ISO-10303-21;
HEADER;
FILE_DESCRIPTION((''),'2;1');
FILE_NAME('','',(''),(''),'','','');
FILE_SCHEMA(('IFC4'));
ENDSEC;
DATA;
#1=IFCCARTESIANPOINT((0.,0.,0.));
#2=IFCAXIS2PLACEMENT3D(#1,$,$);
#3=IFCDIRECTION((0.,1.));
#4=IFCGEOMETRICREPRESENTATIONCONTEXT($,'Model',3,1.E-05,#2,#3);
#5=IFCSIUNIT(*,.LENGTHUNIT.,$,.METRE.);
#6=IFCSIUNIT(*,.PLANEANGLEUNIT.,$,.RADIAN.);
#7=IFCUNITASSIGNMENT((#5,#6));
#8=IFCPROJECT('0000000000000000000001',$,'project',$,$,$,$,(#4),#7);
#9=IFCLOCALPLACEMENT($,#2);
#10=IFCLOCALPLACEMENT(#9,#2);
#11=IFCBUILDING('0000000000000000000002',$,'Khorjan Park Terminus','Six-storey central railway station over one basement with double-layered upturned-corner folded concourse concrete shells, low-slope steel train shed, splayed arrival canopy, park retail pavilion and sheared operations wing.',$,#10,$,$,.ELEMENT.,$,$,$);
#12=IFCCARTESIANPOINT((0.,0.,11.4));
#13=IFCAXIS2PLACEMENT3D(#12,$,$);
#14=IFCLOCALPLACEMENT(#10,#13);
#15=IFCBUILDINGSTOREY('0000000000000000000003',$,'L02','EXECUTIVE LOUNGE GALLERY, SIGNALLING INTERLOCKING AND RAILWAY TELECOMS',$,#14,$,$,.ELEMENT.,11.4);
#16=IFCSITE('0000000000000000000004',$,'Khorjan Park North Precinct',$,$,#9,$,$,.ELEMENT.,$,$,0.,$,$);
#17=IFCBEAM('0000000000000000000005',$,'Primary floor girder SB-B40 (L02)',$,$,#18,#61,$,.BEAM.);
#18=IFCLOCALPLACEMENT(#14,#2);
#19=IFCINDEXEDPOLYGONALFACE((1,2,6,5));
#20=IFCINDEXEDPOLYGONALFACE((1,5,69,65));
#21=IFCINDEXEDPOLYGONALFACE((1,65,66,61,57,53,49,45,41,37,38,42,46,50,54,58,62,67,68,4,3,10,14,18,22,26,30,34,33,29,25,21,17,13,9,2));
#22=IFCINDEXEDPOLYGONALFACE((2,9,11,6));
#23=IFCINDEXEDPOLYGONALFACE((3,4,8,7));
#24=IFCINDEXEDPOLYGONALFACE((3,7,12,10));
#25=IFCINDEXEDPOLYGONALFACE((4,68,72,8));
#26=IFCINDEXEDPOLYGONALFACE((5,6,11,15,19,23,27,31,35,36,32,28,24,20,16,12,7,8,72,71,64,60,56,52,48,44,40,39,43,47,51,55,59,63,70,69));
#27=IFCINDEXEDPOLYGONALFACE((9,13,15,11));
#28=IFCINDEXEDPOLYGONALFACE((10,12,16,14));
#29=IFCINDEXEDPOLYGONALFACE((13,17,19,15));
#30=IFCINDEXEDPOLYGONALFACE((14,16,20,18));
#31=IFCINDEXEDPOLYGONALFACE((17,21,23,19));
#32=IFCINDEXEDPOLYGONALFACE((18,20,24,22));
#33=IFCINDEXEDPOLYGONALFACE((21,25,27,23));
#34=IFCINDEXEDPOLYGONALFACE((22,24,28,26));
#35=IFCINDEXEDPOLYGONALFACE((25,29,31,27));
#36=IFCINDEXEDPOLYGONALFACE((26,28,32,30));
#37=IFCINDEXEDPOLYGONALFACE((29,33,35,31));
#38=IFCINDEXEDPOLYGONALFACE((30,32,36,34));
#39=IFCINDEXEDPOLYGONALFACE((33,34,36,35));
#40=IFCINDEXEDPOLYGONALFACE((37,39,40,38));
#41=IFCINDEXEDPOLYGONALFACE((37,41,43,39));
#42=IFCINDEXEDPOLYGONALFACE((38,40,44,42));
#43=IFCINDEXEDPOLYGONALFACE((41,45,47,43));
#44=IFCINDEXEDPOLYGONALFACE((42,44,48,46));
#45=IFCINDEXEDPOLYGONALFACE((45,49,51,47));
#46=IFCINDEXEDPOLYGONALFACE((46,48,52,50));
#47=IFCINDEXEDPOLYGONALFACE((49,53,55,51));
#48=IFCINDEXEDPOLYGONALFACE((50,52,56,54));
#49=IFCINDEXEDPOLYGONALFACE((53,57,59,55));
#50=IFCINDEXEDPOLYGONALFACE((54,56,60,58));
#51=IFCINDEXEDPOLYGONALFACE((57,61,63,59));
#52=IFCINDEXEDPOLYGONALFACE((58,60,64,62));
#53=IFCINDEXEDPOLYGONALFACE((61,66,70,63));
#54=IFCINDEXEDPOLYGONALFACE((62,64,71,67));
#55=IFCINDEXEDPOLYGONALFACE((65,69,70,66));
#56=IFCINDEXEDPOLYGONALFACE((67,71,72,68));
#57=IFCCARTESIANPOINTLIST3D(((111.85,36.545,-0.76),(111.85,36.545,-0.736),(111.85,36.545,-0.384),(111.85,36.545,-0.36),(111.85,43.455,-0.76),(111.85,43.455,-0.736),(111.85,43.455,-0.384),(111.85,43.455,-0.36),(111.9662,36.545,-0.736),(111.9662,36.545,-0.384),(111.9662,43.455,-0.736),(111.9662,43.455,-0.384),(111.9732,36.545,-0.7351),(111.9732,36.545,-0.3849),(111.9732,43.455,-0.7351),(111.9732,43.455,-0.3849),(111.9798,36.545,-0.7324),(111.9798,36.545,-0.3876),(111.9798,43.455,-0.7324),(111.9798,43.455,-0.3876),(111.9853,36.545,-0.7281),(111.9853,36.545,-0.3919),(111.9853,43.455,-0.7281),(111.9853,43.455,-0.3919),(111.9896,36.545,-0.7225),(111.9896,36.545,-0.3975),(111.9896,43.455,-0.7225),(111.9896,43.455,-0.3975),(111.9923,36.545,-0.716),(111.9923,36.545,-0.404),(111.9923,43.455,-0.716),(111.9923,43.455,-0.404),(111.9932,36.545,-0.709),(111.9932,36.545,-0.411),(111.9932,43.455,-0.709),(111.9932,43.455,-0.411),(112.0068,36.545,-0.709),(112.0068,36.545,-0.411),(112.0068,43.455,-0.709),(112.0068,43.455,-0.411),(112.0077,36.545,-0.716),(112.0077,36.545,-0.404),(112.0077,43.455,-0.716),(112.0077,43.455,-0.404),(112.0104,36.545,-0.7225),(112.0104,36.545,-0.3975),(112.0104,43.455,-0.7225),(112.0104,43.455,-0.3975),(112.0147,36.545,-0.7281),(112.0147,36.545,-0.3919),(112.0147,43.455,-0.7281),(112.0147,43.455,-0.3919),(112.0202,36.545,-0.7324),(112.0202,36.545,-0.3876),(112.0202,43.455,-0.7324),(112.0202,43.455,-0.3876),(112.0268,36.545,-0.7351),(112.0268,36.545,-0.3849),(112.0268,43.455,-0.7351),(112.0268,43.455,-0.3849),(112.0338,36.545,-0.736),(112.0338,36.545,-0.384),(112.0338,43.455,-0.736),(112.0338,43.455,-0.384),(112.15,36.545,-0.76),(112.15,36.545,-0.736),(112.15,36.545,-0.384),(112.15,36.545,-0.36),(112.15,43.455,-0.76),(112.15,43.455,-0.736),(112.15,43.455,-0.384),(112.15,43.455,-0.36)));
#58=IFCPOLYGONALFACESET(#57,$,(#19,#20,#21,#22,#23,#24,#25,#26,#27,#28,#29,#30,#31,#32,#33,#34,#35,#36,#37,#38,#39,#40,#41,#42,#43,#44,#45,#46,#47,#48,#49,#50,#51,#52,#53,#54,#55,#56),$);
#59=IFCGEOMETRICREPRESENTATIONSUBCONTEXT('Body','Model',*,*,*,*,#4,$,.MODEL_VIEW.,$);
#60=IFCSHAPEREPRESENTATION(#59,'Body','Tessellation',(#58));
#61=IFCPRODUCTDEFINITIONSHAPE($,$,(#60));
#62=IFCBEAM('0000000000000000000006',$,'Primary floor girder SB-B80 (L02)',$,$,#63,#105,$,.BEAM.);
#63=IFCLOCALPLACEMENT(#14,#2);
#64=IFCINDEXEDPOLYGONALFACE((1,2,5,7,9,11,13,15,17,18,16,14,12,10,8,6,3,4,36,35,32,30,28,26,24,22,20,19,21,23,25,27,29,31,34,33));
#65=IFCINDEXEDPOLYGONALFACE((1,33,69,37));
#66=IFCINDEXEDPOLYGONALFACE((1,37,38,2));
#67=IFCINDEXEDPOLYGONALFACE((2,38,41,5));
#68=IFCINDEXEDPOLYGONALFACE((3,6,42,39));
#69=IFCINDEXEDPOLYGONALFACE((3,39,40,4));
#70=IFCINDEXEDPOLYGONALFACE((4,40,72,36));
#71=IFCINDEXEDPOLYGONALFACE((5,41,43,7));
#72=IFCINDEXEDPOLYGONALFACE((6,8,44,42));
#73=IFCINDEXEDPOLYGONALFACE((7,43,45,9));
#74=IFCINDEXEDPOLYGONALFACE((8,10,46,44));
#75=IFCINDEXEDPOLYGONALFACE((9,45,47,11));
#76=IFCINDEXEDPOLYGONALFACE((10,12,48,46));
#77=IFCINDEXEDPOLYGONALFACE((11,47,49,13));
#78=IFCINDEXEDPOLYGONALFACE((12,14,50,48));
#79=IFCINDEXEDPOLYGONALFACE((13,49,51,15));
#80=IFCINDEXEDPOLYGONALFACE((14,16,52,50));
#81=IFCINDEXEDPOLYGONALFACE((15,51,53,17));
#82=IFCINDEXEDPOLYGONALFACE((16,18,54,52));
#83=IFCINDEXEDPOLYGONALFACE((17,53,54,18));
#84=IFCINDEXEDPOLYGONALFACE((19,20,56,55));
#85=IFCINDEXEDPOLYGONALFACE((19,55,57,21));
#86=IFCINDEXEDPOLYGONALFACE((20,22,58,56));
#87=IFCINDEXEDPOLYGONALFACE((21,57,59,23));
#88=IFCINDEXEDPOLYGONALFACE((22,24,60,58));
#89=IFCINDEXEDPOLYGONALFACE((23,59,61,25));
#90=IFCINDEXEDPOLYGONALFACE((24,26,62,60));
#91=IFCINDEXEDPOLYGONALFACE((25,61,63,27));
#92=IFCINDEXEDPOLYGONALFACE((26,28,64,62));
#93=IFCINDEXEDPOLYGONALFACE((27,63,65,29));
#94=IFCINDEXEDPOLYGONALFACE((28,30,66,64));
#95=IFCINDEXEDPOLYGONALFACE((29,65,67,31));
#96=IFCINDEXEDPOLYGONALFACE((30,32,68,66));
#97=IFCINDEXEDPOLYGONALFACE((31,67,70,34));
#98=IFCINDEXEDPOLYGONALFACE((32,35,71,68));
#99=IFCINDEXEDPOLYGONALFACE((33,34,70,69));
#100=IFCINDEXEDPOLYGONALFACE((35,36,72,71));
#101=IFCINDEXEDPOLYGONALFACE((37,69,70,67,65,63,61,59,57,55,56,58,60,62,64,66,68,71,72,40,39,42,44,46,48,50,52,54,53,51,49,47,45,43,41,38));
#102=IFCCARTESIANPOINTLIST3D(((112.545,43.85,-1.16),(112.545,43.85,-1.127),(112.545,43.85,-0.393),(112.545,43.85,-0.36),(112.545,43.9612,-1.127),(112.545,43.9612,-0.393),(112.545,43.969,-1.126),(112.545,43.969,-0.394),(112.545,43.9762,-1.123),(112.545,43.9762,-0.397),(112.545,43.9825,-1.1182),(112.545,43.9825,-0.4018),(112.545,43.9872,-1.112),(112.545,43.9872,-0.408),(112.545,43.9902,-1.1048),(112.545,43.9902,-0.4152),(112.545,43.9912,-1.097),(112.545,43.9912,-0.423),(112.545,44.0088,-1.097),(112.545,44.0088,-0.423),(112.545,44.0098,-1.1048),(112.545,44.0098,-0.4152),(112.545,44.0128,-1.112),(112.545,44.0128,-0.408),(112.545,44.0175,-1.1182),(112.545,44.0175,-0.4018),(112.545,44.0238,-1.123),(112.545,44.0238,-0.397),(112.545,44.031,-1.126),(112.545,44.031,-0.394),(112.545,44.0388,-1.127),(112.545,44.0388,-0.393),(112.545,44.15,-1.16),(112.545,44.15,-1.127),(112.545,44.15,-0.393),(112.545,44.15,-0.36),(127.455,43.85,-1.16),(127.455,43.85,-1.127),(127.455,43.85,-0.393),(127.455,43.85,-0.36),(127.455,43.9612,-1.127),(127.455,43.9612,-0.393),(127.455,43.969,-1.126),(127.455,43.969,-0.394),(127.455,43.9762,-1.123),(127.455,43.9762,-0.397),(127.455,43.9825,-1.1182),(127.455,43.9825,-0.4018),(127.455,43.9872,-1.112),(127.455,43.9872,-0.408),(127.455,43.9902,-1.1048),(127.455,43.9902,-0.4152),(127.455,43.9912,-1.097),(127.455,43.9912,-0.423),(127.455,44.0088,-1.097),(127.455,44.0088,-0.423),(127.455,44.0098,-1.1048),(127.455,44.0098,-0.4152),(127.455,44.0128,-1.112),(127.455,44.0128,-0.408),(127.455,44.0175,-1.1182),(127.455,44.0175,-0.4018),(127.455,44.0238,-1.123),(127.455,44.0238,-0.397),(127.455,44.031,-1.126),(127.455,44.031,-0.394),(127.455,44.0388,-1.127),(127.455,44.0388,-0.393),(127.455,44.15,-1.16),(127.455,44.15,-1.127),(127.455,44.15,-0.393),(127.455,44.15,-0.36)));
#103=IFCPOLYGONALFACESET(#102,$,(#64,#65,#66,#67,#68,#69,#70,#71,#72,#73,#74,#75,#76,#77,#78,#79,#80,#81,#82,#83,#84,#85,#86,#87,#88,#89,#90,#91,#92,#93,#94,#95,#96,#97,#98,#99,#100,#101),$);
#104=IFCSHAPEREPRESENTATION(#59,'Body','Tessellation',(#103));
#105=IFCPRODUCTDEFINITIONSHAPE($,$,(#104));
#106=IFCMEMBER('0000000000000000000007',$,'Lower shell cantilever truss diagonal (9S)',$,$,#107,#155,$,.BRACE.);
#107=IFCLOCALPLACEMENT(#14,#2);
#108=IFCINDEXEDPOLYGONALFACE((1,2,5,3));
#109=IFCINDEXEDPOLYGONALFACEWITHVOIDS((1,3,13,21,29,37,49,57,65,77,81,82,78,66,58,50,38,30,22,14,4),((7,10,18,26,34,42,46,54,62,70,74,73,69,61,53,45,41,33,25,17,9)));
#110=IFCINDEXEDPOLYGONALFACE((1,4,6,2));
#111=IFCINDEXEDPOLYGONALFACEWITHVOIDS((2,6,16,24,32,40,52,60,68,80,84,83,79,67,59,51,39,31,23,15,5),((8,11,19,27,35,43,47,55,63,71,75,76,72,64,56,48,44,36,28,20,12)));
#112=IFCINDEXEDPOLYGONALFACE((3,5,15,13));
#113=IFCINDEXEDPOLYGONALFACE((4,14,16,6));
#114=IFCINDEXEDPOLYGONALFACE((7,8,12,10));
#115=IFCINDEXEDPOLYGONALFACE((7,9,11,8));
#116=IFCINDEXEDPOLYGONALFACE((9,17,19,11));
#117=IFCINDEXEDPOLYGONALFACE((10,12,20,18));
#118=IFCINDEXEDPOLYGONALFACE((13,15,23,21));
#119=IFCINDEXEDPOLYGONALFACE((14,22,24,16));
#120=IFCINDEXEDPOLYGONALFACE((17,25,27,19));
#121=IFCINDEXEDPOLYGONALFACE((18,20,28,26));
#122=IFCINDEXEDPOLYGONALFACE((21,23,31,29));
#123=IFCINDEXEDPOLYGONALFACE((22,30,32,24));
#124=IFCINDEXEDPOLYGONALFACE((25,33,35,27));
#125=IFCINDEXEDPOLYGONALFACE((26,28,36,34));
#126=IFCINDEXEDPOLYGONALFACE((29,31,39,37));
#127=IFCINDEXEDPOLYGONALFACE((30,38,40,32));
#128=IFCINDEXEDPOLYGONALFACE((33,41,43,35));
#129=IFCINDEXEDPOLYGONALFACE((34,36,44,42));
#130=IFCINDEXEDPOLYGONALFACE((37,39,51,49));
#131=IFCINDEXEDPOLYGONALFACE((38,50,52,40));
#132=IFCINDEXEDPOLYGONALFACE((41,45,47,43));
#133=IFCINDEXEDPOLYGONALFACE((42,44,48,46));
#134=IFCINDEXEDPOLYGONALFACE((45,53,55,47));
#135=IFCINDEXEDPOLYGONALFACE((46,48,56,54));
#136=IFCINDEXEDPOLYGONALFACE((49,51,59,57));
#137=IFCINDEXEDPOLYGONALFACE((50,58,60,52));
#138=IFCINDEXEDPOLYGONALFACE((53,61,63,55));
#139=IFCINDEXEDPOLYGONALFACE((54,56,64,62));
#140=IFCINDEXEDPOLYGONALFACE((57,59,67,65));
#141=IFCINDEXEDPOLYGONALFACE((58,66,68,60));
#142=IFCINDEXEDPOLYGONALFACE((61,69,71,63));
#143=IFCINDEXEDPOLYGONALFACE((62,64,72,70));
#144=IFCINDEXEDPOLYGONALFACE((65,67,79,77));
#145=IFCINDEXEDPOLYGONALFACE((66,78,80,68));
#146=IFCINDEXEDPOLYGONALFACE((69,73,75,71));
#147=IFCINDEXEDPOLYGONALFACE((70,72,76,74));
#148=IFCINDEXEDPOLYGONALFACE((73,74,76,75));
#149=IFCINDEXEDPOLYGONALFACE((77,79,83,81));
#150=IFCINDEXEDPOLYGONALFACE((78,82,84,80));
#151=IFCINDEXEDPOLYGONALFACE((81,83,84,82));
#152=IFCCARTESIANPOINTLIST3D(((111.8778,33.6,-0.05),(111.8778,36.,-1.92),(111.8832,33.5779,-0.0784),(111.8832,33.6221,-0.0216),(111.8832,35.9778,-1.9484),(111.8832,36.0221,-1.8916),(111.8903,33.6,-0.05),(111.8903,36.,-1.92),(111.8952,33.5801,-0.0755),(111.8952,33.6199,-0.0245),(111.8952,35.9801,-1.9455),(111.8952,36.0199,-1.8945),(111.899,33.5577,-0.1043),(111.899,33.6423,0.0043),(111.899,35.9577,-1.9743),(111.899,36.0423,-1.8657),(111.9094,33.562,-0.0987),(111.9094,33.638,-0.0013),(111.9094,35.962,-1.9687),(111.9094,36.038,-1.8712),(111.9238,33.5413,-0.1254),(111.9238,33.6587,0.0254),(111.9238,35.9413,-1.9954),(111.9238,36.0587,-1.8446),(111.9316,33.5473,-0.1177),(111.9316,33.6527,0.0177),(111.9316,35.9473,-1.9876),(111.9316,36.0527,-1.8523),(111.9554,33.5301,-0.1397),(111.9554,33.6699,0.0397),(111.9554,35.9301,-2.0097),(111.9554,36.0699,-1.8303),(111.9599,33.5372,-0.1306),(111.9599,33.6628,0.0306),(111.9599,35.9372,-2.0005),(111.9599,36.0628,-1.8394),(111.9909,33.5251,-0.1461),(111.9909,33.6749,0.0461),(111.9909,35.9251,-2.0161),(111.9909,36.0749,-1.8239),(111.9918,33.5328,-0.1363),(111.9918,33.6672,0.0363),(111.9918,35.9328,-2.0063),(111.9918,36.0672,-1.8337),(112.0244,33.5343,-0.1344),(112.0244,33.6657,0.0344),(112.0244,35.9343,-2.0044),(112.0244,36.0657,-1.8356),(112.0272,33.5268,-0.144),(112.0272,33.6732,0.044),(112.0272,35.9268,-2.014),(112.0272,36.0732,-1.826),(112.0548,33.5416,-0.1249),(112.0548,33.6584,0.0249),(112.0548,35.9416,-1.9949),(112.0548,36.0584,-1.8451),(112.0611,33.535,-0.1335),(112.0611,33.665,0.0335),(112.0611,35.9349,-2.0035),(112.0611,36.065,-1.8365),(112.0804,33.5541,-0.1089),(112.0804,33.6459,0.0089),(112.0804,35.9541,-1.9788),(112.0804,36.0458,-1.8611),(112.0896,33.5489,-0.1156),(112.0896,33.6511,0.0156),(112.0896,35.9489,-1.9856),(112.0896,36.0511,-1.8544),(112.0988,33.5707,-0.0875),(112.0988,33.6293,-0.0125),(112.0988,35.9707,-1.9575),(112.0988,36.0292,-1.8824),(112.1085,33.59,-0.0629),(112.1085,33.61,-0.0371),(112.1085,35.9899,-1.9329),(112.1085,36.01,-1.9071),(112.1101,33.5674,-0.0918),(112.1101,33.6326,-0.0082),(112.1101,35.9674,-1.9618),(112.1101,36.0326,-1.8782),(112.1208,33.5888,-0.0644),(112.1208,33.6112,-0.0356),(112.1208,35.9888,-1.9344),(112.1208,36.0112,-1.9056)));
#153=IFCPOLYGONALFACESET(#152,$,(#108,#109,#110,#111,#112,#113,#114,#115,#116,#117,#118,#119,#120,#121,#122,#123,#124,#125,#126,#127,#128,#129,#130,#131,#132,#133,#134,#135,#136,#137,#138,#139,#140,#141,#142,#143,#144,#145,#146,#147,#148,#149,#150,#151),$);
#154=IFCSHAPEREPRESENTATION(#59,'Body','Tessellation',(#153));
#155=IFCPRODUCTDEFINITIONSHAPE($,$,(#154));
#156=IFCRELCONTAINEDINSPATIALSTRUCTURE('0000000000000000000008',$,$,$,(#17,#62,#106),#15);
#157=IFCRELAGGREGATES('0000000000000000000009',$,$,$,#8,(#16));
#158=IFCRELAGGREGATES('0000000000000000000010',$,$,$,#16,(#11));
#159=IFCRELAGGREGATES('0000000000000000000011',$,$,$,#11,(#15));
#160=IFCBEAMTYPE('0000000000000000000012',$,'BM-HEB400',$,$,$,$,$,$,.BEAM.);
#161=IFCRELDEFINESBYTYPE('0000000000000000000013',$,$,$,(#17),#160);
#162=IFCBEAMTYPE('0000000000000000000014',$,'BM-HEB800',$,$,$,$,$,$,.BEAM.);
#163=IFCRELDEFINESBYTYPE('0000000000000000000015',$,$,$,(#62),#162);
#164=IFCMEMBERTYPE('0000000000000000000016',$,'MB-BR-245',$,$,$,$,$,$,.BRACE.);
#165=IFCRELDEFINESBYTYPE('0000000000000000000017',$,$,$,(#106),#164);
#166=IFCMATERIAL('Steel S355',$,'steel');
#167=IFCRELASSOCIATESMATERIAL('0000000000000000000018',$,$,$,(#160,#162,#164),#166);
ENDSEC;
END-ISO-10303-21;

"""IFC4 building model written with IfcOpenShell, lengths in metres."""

from ifc_helpers import new_model, si_unit, direction, frame, origin, origin_2d, place, context, subcontext, project, spatial, hollow_circle, i_section, extrude, material, material_profile, profile_set, type_object, element, save


model = new_model("IFC4")

# Units and contexts
model_context = context("Model", 3, precision=1e-05, world=origin(), true_north=direction((0.0, 1.0)))
body_context = subcontext(model_context, "Body", "Model", "MODEL_VIEW")
ifc_project = project(units=[si_unit("LENGTHUNIT", "METRE"), si_unit("PLANEANGLEUNIT", "RADIAN")], contexts=[model_context])

# Site, building, storey
site_placement = place(None, origin())
site = spatial("IfcSite", under=ifc_project, at=site_placement, Name="Khorjan Park North Precinct", CompositionType="ELEMENT", RefElevation=0.0)
building_placement = place(site_placement, origin())
building = spatial("IfcBuilding", under=site, at=building_placement, Name="Khorjan Park Terminus", Description="Six-storey central railway station over one basement with double-layered upturned-corner folded concourse concrete shells, low-slope steel train shed, splayed arrival canopy, park retail pavilion and sheared operations wing.", CompositionType="ELEMENT")
storey_placement = place(building_placement, frame((0.0, 0.0, 11.4)))
storey = spatial("IfcBuildingStorey", under=building, at=storey_placement, Name="L02", Description="EXECUTIVE LOUNGE GALLERY, SIGNALLING INTERLOCKING AND RAILWAY TELECOMS", CompositionType="ELEMENT", Elevation=11.4)

# Beams
ifc_material_1 = material(Name="Steel S355", Category="steel")
ifc_material_profile_1 = material_profile(ifc_material_1, i_section(OverallWidth=0.3, OverallDepth=0.4, WebThickness=0.0135, FlangeThickness=0.024, FilletRadius=0.027, at=origin_2d()), Name="HEB 400")
ifc_profile_set_1 = profile_set([ifc_material_profile_1], Name="Steel S355")
beam_type_1 = type_object("IfcBeamType", Name="BM-HEB400", PredefinedType="BEAM", material=ifc_profile_set_1)
beam_1_placement = place(storey_placement, frame((112.0, 36.545, -0.56), z_axis=(0.0, 1.0, 0.0), x_axis=(-1.0, 0.0, 0.0)))
element("IfcBeam", 1, at=beam_1_placement, inside=storey, type_object=beam_type_1, Name="Primary floor girder SB-B40 (L02)", PredefinedType="BEAM", context=body_context, shape_type="SweptSolid", body=[
    extrude(i_section(OverallWidth=0.3, OverallDepth=0.4, WebThickness=0.0135, FlangeThickness=0.024, FilletRadius=0.027, at=origin_2d()), origin(), (0.0, 0.0, 1.0), 6.91),
])
ifc_material_profile_2 = material_profile(ifc_material_1, i_section(OverallWidth=0.3, OverallDepth=0.8, WebThickness=0.0175, FlangeThickness=0.033, FilletRadius=0.03, at=origin_2d()), Name="HEB 800")
ifc_profile_set_2 = profile_set([ifc_material_profile_2], Name="Steel S355")
beam_type_2 = type_object("IfcBeamType", Name="BM-HEB800", PredefinedType="BEAM", material=ifc_profile_set_2)
beam_2_placement = place(storey_placement, frame((112.545, 44.0, -0.76), z_axis=(1.0, 0.0, 0.0), x_axis=(0.0, 1.0, 0.0)))
element("IfcBeam", 2, at=beam_2_placement, inside=storey, type_object=beam_type_2, Name="Primary floor girder SB-B80 (L02)", PredefinedType="BEAM", context=body_context, shape_type="SweptSolid", body=[
    extrude(i_section(OverallWidth=0.3, OverallDepth=0.8, WebThickness=0.0175, FlangeThickness=0.033, FilletRadius=0.03, at=origin_2d()), origin(), (0.0, 0.0, 1.0), 14.91),
])

# Member
ifc_material_profile_3 = material_profile(ifc_material_1, hollow_circle(Radius=0.1222, WallThickness=0.0125, at=origin_2d()), Name="CHS 244.5x12.5")
ifc_profile_set_3 = profile_set([ifc_material_profile_3], Name="Steel S355")
member_type_1 = type_object("IfcMemberType", Name="MB-BR-245", PredefinedType="BRACE", material=ifc_profile_set_3)
member_1_placement = place(storey_placement, frame((112.0, 33.6, -0.05), z_axis=(0.0, 0.788821, -0.614623), x_axis=(-1.0, 0.0, 0.0)))
element("IfcMember", 3, at=member_1_placement, inside=storey, type_object=member_type_1, Name="Lower shell cantilever truss diagonal (9S)", PredefinedType="BRACE", context=body_context, shape_type="SweptSolid", body=[
    extrude(hollow_circle(Radius=0.1222, WallThickness=0.0125, at=origin_2d()), origin(), (0.0, 0.0, 1.0), 3.0425),
])

save(model, "model.ifc")
